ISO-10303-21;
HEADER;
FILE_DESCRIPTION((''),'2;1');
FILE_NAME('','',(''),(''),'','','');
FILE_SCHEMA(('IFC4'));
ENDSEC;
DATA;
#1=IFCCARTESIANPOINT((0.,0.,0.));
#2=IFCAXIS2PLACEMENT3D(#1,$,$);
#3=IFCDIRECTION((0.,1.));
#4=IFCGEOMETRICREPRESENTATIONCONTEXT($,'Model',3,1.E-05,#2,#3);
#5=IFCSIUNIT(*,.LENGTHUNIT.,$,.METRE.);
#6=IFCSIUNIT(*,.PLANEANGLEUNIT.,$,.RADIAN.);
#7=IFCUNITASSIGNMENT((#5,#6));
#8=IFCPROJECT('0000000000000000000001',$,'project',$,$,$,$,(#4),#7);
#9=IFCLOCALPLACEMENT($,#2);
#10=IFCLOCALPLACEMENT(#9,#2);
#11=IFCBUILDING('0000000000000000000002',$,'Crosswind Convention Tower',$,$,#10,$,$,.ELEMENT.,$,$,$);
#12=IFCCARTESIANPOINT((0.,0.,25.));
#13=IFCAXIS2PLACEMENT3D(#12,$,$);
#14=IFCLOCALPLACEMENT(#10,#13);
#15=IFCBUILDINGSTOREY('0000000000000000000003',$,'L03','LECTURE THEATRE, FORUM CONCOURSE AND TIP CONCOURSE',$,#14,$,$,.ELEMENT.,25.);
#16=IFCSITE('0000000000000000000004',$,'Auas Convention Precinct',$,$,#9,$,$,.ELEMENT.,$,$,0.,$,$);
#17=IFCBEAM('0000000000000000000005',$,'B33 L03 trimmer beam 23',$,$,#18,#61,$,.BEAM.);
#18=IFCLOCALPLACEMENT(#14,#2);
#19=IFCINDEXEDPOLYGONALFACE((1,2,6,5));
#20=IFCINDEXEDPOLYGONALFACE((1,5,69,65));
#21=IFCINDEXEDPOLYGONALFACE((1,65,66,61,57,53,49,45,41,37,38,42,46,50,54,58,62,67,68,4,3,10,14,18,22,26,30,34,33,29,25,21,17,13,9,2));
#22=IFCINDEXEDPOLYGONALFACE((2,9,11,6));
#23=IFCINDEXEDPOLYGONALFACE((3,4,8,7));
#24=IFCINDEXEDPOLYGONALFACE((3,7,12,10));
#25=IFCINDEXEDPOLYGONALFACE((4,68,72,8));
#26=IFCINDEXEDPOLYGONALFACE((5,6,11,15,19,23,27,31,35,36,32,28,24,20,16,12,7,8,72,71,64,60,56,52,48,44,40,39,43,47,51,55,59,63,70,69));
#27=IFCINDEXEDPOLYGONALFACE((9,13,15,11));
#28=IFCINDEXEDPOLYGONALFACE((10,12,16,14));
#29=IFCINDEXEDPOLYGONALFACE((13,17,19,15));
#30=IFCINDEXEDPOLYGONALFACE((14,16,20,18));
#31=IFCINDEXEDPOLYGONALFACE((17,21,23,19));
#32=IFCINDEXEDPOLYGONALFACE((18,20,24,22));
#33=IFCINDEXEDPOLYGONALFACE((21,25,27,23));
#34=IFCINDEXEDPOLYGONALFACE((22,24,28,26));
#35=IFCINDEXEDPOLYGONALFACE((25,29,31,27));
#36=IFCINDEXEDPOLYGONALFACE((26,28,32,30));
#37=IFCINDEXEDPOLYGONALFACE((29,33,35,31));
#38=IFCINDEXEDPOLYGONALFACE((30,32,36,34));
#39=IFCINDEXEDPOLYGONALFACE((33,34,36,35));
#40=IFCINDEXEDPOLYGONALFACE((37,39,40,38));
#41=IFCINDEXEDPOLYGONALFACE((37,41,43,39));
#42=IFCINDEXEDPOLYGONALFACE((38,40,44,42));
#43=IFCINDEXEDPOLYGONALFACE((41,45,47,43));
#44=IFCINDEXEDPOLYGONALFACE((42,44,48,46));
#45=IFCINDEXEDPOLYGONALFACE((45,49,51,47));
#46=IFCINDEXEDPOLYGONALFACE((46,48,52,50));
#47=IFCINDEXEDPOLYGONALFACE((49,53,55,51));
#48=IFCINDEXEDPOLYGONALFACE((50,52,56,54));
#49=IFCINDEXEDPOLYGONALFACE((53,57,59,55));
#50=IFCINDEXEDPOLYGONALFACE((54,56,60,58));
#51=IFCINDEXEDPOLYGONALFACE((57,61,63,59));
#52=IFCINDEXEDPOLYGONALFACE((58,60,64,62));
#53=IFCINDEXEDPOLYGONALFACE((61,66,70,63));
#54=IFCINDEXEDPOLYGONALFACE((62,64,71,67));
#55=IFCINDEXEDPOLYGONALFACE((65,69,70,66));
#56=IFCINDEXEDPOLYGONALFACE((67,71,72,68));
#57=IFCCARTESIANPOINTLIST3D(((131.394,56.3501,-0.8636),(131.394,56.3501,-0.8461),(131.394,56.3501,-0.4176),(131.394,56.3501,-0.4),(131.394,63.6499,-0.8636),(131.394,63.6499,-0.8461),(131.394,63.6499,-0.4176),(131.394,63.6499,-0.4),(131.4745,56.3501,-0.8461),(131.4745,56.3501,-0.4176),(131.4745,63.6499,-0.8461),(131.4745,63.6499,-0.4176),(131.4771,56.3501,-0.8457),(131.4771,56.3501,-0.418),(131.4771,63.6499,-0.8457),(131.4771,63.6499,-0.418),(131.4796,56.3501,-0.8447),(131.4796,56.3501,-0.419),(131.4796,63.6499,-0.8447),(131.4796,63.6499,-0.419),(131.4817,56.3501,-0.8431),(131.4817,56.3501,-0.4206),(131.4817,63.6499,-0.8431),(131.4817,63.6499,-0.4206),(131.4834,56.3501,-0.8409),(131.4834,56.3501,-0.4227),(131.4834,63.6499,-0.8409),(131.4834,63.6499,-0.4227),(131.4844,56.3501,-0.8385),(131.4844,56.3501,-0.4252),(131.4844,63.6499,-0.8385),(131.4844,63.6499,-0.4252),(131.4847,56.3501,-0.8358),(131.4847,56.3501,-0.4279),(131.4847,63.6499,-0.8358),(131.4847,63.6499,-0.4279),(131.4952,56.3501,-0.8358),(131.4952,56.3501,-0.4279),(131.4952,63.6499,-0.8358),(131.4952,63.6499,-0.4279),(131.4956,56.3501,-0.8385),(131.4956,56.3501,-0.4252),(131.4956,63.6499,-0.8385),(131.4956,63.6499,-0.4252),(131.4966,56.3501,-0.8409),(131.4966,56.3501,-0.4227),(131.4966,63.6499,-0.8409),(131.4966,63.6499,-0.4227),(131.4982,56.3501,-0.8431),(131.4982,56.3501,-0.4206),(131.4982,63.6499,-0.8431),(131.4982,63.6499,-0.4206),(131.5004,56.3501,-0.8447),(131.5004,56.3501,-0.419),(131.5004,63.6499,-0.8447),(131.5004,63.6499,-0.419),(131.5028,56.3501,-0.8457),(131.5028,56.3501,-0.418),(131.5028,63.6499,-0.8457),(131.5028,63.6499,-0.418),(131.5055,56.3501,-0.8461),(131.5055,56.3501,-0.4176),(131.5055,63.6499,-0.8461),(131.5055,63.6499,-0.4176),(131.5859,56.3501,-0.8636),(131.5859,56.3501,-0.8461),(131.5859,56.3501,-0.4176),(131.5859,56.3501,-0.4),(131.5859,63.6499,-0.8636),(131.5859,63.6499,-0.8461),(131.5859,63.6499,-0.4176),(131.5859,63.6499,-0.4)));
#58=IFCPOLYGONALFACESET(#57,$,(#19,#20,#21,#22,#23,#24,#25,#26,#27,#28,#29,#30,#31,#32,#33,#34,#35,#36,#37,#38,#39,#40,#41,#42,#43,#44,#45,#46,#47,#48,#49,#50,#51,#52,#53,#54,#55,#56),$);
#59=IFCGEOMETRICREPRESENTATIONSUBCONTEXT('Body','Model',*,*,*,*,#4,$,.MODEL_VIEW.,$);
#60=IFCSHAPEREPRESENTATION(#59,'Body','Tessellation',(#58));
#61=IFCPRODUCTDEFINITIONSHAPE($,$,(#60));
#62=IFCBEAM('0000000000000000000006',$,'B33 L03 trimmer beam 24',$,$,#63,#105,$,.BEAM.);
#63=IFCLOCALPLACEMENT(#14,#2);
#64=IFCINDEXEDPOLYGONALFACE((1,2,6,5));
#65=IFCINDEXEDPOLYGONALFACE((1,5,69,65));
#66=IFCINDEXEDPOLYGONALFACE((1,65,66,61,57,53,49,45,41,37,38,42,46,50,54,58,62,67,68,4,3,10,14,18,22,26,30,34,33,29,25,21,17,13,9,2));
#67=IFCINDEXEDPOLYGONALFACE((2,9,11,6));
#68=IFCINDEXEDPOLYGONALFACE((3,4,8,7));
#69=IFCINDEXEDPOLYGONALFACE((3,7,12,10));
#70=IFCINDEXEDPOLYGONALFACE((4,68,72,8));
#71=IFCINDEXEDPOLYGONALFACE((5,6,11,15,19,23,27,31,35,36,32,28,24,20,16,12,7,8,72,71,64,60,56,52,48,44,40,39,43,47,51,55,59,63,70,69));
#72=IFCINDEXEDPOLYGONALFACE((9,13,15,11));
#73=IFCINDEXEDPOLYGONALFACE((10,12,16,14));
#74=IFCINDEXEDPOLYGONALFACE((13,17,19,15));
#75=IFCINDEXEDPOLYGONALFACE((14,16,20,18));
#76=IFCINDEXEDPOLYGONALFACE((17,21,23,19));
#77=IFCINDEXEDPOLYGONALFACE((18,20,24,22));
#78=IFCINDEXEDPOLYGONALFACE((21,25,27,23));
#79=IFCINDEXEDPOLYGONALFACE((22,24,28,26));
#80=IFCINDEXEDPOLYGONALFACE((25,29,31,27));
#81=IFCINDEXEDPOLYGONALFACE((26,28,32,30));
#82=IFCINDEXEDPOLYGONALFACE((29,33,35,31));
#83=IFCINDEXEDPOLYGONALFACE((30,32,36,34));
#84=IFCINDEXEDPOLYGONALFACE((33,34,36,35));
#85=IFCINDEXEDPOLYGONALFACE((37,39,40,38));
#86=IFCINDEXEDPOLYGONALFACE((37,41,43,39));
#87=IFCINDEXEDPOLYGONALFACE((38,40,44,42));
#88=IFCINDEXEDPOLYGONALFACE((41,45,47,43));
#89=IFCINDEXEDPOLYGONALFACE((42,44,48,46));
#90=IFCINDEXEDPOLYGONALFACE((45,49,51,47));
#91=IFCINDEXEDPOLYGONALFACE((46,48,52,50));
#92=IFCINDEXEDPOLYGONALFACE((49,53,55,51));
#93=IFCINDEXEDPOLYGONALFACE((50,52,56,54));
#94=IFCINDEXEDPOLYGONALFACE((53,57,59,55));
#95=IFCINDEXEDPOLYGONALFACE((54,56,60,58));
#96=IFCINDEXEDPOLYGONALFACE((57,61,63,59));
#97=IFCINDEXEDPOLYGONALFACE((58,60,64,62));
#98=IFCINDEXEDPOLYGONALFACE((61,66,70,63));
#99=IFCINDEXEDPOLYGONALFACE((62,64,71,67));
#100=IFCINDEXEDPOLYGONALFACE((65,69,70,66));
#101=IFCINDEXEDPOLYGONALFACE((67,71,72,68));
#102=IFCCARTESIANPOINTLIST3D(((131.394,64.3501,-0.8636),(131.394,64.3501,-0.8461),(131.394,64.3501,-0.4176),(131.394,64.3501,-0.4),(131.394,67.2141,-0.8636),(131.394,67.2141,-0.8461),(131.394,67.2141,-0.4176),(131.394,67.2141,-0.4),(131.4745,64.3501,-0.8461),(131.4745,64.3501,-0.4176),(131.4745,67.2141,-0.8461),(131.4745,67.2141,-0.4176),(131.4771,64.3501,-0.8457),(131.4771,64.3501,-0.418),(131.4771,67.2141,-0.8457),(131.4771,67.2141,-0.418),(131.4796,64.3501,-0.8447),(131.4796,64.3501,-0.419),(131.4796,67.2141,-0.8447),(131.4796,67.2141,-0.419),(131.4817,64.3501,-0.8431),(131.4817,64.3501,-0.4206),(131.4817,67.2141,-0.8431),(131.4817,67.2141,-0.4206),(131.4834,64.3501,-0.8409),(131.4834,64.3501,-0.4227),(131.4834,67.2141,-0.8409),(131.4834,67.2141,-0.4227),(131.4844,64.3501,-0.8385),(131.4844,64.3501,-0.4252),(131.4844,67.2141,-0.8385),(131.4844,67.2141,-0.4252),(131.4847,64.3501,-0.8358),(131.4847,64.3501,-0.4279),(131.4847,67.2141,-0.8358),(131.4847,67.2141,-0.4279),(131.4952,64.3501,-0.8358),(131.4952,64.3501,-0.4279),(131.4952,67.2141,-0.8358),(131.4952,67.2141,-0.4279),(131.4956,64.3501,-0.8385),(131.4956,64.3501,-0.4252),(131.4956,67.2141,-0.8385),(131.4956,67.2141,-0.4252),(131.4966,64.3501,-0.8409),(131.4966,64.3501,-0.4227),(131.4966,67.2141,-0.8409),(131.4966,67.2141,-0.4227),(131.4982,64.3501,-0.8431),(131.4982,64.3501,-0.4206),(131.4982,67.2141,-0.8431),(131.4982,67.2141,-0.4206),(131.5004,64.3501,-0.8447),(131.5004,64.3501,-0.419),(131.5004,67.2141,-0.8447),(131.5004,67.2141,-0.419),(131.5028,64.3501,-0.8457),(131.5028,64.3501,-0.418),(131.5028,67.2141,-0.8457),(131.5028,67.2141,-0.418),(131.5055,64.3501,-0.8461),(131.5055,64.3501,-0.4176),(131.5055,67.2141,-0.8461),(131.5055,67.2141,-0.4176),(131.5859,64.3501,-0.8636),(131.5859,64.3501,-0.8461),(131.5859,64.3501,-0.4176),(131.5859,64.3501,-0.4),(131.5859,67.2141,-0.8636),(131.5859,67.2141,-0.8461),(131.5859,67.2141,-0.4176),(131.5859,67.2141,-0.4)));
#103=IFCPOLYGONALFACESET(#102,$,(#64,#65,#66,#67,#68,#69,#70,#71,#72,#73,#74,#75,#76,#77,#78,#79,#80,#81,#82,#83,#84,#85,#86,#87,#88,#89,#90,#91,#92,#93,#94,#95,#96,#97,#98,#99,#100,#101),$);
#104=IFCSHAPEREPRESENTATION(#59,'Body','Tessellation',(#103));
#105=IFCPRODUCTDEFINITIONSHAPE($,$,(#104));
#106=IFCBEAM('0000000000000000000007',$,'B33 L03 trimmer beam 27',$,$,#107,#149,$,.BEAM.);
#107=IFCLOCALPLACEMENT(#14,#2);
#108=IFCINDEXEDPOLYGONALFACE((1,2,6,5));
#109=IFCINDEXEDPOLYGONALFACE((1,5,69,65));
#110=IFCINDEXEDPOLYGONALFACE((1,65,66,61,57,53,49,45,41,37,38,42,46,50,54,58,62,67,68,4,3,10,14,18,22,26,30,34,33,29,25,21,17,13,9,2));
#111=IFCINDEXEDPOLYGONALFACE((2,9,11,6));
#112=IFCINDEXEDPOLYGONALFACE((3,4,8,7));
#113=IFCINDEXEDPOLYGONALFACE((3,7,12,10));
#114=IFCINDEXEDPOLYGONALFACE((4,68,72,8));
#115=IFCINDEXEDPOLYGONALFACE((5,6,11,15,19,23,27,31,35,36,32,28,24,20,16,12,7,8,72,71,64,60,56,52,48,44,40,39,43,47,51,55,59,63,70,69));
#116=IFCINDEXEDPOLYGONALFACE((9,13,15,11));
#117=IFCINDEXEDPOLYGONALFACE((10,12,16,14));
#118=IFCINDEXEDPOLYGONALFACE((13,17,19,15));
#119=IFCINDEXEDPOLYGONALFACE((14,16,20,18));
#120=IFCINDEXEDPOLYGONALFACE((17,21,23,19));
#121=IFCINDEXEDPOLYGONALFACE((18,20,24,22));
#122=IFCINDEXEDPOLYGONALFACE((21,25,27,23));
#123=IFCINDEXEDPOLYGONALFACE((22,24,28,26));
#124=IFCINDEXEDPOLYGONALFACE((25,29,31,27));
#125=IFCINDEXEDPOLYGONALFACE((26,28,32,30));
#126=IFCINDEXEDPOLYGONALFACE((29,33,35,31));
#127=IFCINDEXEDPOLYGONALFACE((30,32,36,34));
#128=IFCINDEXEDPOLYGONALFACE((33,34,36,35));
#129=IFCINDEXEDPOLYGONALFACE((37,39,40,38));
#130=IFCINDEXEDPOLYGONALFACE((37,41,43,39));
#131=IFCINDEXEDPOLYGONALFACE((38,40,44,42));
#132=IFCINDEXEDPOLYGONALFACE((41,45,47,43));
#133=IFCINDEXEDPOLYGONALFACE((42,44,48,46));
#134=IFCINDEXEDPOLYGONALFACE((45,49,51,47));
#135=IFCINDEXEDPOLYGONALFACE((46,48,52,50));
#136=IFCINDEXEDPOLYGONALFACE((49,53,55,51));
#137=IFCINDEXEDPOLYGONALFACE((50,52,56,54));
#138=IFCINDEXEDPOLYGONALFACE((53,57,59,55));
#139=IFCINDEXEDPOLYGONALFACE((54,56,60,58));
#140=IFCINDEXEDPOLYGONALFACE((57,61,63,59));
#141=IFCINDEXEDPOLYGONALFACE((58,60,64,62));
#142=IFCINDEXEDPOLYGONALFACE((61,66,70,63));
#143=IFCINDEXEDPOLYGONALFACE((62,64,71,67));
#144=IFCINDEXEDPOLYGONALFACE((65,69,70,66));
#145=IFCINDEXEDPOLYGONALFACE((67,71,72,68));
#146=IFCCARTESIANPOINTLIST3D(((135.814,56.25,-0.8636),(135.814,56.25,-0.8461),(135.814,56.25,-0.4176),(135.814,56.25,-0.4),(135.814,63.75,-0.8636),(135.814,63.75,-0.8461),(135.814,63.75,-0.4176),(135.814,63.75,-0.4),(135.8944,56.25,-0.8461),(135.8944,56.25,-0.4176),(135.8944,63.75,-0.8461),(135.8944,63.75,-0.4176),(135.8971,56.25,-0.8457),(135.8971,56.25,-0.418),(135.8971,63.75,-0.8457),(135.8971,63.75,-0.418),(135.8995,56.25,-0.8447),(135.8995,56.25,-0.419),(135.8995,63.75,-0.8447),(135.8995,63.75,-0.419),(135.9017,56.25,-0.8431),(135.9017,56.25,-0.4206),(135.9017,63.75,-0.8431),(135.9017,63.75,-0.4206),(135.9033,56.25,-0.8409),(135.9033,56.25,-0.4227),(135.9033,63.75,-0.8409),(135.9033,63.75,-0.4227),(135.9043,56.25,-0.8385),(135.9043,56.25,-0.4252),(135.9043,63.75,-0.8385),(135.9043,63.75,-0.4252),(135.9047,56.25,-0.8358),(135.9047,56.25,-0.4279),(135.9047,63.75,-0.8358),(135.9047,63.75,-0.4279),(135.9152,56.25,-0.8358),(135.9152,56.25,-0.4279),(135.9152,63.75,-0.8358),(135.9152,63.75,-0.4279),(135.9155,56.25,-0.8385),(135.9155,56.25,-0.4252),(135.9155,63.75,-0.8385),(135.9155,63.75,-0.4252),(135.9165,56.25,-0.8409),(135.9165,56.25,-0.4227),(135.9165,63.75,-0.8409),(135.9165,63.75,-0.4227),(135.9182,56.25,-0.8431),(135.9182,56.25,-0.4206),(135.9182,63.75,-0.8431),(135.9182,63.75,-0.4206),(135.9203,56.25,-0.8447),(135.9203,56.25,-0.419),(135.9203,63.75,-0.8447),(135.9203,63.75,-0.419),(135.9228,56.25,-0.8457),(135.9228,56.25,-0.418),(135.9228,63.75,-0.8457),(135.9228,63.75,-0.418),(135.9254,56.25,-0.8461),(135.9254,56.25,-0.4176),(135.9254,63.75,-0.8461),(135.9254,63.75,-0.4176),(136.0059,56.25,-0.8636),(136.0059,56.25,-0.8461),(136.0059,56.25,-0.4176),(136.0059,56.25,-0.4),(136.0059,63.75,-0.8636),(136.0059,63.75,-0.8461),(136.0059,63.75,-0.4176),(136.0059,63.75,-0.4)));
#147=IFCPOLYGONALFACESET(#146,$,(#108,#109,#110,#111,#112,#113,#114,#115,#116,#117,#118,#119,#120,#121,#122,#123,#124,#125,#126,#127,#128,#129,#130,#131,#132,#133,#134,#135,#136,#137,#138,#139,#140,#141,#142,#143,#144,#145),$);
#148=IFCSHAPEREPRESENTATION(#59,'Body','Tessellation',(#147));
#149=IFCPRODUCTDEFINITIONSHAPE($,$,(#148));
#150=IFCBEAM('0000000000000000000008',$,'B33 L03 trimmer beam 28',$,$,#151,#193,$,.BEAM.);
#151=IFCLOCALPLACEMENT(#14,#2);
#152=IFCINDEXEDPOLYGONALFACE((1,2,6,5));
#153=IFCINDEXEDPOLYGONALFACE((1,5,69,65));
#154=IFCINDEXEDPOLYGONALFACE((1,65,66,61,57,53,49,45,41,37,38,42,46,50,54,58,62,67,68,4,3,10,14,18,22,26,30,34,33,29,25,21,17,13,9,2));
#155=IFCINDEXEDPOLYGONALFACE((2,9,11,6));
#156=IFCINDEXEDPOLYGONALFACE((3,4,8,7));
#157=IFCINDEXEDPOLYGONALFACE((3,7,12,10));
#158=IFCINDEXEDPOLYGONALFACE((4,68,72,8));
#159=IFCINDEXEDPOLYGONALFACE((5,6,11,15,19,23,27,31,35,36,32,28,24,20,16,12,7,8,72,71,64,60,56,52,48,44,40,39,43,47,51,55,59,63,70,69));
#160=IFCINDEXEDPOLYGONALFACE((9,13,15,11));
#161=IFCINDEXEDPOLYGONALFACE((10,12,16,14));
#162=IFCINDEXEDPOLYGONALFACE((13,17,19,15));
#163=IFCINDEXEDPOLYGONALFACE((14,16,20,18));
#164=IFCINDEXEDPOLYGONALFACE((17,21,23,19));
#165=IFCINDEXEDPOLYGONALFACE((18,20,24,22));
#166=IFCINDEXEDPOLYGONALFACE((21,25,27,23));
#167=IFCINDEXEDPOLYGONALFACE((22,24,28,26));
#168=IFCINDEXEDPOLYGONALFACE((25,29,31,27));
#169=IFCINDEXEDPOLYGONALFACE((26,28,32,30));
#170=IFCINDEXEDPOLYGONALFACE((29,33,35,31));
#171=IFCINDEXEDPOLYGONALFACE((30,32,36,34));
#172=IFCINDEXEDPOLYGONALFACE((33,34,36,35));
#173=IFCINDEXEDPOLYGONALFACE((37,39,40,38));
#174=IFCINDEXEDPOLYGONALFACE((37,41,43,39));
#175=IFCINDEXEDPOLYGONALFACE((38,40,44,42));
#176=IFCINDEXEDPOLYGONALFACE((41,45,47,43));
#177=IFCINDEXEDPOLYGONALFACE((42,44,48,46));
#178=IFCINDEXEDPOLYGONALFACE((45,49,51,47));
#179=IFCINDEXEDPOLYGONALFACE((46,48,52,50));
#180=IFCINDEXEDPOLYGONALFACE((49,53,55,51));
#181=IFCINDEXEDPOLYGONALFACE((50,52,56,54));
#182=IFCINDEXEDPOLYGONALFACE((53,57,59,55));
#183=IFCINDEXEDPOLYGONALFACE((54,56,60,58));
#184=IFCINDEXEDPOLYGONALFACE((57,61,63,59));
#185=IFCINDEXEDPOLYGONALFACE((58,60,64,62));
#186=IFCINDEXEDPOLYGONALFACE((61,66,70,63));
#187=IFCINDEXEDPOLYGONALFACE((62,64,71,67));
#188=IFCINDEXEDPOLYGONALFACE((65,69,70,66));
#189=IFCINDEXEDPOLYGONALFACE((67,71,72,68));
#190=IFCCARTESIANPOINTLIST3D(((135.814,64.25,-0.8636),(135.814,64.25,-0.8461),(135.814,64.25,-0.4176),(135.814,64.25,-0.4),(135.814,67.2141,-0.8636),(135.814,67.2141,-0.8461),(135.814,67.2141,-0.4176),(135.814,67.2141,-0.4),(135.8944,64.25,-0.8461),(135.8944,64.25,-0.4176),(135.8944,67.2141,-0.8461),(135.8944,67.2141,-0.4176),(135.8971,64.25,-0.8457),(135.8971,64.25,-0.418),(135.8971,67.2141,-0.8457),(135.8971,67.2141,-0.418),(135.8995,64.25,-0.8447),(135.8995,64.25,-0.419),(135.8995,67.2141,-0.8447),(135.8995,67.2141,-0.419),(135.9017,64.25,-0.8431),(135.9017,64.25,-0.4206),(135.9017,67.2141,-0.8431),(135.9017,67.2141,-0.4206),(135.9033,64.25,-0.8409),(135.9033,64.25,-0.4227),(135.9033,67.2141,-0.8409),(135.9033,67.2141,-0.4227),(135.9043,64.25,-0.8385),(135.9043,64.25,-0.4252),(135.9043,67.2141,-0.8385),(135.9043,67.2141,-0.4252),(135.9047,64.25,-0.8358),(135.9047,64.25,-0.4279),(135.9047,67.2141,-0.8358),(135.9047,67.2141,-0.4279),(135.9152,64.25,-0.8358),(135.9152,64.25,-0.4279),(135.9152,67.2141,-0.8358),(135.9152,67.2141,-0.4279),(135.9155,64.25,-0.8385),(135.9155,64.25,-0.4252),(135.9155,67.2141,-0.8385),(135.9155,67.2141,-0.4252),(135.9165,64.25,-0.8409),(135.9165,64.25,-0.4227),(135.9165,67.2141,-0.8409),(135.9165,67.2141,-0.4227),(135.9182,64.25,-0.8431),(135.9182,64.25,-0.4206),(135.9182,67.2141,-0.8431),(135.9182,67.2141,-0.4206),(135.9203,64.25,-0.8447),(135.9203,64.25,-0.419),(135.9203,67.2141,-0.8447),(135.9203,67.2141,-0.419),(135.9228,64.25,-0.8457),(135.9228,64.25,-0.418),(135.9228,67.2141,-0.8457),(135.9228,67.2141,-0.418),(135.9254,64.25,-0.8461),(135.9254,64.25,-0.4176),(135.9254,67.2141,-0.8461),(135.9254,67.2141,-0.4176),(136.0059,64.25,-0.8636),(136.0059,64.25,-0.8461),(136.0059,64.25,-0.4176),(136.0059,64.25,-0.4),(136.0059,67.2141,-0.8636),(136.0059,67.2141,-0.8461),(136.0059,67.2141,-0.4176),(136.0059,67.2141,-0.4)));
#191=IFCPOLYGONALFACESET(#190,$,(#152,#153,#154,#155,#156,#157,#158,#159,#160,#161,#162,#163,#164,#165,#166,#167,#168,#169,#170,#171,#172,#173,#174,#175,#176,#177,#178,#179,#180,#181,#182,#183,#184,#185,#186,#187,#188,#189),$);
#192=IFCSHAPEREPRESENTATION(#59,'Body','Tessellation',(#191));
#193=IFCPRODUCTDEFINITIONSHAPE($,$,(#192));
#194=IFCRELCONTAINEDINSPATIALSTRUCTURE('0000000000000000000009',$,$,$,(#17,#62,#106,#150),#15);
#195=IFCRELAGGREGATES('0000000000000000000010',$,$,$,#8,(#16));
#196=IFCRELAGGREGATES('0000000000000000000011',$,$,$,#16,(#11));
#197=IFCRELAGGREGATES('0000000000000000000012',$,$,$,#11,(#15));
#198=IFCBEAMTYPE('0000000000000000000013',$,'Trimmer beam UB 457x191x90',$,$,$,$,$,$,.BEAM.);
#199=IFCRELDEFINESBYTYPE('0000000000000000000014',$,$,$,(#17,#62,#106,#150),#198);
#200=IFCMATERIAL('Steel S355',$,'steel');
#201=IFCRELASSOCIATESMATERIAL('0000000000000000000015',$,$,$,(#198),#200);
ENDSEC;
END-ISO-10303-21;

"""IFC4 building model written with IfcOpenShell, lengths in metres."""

from ifc_helpers import new_model, si_unit, direction, frame, origin, origin_2d, place, context, subcontext, project, spatial, i_section, extrude, material, material_profile, profile_set, type_object, element, save


model = new_model("IFC4")

# Units and contexts
model_context = context("Model", 3, precision=1e-05, world=origin(), true_north=direction((0.0, 1.0)))
body_context = subcontext(model_context, "Body", "Model", "MODEL_VIEW")
ifc_project = project(units=[si_unit("LENGTHUNIT", "METRE"), si_unit("PLANEANGLEUNIT", "RADIAN")], contexts=[model_context])

# Site, building, storey
site_placement = place(None, origin())
site = spatial("IfcSite", under=ifc_project, at=site_placement, Name="Auas Convention Precinct", CompositionType="ELEMENT", RefElevation=0.0)
building_placement = place(site_placement, origin())
building = spatial("IfcBuilding", under=site, at=building_placement, Name="Crosswind Convention Tower", CompositionType="ELEMENT")
storey_placement = place(building_placement, frame((0.0, 0.0, 25.0)))
storey = spatial("IfcBuildingStorey", under=building, at=storey_placement, Name="L03", Description="LECTURE THEATRE, FORUM CONCOURSE AND TIP CONCOURSE", CompositionType="ELEMENT", Elevation=25.0)

# Shared definitions
ifc_material_1 = material(Name="Steel S355", Category="steel")

# Beams
ifc_material_profile_1 = material_profile(ifc_material_1, i_section(OverallWidth=0.1919, OverallDepth=0.4636, WebThickness=0.0105, FlangeThickness=0.0176, FilletRadius=0.0103, at=origin_2d()), Name="UB 457x191x90")
ifc_profile_set_1 = profile_set([ifc_material_profile_1], Name="Steel S355")
beam_type_1 = type_object("IfcBeamType", Name="Trimmer beam UB 457x191x90", PredefinedType="BEAM", material=ifc_profile_set_1)
beam_1_placement = place(storey_placement, frame((131.49, 63.6499, -0.6318), z_axis=(0.0, -1.0, 0.0), x_axis=(1.0, 0.0, 0.0)))
element("IfcBeam", 1, at=beam_1_placement, inside=storey, type_object=beam_type_1, Name="B33 L03 trimmer beam 23", PredefinedType="BEAM", context=body_context, shape_type="SweptSolid", body=[
    extrude(i_section(OverallWidth=0.1919, OverallDepth=0.4636, WebThickness=0.0105, FlangeThickness=0.0176, FilletRadius=0.0103, at=origin_2d()), origin(), (0.0, 0.0, 1.0), 7.2998),
])
beam_2_placement = place(storey_placement, frame((131.49, 67.2141, -0.6318), z_axis=(0.0, -1.0, 0.0), x_axis=(1.0, 0.0, 0.0)))
element("IfcBeam", 2, at=beam_2_placement, inside=storey, type_object=beam_type_1, Name="B33 L03 trimmer beam 24", PredefinedType="BEAM", context=body_context, shape_type="SweptSolid", body=[
    extrude(i_section(OverallWidth=0.1919, OverallDepth=0.4636, WebThickness=0.0105, FlangeThickness=0.0176, FilletRadius=0.0103, at=origin_2d()), origin(), (0.0, 0.0, 1.0), 2.864),
])
beam_3_placement = place(storey_placement, frame((135.9099, 63.75, -0.6318), z_axis=(0.0, -1.0, 0.0), x_axis=(1.0, 0.0, 0.0)))
element("IfcBeam", 3, at=beam_3_placement, inside=storey, type_object=beam_type_1, Name="B33 L03 trimmer beam 27", PredefinedType="BEAM", context=body_context, shape_type="SweptSolid", body=[
    extrude(i_section(OverallWidth=0.1919, OverallDepth=0.4636, WebThickness=0.0105, FlangeThickness=0.0176, FilletRadius=0.0103, at=origin_2d()), origin(), (0.0, 0.0, 1.0), 7.5),
])
beam_4_placement = place(storey_placement, frame((135.9099, 67.2141, -0.6318), z_axis=(0.0, -1.0, 0.0), x_axis=(1.0, 0.0, 0.0)))
element("IfcBeam", 4, at=beam_4_placement, inside=storey, type_object=beam_type_1, Name="B33 L03 trimmer beam 28", PredefinedType="BEAM", context=body_context, shape_type="SweptSolid", body=[
    extrude(i_section(OverallWidth=0.1919, OverallDepth=0.4636, WebThickness=0.0105, FlangeThickness=0.0176, FilletRadius=0.0103, at=origin_2d()), origin(), (0.0, 0.0, 1.0), 2.9641),
])

save(model, "model.ifc")
